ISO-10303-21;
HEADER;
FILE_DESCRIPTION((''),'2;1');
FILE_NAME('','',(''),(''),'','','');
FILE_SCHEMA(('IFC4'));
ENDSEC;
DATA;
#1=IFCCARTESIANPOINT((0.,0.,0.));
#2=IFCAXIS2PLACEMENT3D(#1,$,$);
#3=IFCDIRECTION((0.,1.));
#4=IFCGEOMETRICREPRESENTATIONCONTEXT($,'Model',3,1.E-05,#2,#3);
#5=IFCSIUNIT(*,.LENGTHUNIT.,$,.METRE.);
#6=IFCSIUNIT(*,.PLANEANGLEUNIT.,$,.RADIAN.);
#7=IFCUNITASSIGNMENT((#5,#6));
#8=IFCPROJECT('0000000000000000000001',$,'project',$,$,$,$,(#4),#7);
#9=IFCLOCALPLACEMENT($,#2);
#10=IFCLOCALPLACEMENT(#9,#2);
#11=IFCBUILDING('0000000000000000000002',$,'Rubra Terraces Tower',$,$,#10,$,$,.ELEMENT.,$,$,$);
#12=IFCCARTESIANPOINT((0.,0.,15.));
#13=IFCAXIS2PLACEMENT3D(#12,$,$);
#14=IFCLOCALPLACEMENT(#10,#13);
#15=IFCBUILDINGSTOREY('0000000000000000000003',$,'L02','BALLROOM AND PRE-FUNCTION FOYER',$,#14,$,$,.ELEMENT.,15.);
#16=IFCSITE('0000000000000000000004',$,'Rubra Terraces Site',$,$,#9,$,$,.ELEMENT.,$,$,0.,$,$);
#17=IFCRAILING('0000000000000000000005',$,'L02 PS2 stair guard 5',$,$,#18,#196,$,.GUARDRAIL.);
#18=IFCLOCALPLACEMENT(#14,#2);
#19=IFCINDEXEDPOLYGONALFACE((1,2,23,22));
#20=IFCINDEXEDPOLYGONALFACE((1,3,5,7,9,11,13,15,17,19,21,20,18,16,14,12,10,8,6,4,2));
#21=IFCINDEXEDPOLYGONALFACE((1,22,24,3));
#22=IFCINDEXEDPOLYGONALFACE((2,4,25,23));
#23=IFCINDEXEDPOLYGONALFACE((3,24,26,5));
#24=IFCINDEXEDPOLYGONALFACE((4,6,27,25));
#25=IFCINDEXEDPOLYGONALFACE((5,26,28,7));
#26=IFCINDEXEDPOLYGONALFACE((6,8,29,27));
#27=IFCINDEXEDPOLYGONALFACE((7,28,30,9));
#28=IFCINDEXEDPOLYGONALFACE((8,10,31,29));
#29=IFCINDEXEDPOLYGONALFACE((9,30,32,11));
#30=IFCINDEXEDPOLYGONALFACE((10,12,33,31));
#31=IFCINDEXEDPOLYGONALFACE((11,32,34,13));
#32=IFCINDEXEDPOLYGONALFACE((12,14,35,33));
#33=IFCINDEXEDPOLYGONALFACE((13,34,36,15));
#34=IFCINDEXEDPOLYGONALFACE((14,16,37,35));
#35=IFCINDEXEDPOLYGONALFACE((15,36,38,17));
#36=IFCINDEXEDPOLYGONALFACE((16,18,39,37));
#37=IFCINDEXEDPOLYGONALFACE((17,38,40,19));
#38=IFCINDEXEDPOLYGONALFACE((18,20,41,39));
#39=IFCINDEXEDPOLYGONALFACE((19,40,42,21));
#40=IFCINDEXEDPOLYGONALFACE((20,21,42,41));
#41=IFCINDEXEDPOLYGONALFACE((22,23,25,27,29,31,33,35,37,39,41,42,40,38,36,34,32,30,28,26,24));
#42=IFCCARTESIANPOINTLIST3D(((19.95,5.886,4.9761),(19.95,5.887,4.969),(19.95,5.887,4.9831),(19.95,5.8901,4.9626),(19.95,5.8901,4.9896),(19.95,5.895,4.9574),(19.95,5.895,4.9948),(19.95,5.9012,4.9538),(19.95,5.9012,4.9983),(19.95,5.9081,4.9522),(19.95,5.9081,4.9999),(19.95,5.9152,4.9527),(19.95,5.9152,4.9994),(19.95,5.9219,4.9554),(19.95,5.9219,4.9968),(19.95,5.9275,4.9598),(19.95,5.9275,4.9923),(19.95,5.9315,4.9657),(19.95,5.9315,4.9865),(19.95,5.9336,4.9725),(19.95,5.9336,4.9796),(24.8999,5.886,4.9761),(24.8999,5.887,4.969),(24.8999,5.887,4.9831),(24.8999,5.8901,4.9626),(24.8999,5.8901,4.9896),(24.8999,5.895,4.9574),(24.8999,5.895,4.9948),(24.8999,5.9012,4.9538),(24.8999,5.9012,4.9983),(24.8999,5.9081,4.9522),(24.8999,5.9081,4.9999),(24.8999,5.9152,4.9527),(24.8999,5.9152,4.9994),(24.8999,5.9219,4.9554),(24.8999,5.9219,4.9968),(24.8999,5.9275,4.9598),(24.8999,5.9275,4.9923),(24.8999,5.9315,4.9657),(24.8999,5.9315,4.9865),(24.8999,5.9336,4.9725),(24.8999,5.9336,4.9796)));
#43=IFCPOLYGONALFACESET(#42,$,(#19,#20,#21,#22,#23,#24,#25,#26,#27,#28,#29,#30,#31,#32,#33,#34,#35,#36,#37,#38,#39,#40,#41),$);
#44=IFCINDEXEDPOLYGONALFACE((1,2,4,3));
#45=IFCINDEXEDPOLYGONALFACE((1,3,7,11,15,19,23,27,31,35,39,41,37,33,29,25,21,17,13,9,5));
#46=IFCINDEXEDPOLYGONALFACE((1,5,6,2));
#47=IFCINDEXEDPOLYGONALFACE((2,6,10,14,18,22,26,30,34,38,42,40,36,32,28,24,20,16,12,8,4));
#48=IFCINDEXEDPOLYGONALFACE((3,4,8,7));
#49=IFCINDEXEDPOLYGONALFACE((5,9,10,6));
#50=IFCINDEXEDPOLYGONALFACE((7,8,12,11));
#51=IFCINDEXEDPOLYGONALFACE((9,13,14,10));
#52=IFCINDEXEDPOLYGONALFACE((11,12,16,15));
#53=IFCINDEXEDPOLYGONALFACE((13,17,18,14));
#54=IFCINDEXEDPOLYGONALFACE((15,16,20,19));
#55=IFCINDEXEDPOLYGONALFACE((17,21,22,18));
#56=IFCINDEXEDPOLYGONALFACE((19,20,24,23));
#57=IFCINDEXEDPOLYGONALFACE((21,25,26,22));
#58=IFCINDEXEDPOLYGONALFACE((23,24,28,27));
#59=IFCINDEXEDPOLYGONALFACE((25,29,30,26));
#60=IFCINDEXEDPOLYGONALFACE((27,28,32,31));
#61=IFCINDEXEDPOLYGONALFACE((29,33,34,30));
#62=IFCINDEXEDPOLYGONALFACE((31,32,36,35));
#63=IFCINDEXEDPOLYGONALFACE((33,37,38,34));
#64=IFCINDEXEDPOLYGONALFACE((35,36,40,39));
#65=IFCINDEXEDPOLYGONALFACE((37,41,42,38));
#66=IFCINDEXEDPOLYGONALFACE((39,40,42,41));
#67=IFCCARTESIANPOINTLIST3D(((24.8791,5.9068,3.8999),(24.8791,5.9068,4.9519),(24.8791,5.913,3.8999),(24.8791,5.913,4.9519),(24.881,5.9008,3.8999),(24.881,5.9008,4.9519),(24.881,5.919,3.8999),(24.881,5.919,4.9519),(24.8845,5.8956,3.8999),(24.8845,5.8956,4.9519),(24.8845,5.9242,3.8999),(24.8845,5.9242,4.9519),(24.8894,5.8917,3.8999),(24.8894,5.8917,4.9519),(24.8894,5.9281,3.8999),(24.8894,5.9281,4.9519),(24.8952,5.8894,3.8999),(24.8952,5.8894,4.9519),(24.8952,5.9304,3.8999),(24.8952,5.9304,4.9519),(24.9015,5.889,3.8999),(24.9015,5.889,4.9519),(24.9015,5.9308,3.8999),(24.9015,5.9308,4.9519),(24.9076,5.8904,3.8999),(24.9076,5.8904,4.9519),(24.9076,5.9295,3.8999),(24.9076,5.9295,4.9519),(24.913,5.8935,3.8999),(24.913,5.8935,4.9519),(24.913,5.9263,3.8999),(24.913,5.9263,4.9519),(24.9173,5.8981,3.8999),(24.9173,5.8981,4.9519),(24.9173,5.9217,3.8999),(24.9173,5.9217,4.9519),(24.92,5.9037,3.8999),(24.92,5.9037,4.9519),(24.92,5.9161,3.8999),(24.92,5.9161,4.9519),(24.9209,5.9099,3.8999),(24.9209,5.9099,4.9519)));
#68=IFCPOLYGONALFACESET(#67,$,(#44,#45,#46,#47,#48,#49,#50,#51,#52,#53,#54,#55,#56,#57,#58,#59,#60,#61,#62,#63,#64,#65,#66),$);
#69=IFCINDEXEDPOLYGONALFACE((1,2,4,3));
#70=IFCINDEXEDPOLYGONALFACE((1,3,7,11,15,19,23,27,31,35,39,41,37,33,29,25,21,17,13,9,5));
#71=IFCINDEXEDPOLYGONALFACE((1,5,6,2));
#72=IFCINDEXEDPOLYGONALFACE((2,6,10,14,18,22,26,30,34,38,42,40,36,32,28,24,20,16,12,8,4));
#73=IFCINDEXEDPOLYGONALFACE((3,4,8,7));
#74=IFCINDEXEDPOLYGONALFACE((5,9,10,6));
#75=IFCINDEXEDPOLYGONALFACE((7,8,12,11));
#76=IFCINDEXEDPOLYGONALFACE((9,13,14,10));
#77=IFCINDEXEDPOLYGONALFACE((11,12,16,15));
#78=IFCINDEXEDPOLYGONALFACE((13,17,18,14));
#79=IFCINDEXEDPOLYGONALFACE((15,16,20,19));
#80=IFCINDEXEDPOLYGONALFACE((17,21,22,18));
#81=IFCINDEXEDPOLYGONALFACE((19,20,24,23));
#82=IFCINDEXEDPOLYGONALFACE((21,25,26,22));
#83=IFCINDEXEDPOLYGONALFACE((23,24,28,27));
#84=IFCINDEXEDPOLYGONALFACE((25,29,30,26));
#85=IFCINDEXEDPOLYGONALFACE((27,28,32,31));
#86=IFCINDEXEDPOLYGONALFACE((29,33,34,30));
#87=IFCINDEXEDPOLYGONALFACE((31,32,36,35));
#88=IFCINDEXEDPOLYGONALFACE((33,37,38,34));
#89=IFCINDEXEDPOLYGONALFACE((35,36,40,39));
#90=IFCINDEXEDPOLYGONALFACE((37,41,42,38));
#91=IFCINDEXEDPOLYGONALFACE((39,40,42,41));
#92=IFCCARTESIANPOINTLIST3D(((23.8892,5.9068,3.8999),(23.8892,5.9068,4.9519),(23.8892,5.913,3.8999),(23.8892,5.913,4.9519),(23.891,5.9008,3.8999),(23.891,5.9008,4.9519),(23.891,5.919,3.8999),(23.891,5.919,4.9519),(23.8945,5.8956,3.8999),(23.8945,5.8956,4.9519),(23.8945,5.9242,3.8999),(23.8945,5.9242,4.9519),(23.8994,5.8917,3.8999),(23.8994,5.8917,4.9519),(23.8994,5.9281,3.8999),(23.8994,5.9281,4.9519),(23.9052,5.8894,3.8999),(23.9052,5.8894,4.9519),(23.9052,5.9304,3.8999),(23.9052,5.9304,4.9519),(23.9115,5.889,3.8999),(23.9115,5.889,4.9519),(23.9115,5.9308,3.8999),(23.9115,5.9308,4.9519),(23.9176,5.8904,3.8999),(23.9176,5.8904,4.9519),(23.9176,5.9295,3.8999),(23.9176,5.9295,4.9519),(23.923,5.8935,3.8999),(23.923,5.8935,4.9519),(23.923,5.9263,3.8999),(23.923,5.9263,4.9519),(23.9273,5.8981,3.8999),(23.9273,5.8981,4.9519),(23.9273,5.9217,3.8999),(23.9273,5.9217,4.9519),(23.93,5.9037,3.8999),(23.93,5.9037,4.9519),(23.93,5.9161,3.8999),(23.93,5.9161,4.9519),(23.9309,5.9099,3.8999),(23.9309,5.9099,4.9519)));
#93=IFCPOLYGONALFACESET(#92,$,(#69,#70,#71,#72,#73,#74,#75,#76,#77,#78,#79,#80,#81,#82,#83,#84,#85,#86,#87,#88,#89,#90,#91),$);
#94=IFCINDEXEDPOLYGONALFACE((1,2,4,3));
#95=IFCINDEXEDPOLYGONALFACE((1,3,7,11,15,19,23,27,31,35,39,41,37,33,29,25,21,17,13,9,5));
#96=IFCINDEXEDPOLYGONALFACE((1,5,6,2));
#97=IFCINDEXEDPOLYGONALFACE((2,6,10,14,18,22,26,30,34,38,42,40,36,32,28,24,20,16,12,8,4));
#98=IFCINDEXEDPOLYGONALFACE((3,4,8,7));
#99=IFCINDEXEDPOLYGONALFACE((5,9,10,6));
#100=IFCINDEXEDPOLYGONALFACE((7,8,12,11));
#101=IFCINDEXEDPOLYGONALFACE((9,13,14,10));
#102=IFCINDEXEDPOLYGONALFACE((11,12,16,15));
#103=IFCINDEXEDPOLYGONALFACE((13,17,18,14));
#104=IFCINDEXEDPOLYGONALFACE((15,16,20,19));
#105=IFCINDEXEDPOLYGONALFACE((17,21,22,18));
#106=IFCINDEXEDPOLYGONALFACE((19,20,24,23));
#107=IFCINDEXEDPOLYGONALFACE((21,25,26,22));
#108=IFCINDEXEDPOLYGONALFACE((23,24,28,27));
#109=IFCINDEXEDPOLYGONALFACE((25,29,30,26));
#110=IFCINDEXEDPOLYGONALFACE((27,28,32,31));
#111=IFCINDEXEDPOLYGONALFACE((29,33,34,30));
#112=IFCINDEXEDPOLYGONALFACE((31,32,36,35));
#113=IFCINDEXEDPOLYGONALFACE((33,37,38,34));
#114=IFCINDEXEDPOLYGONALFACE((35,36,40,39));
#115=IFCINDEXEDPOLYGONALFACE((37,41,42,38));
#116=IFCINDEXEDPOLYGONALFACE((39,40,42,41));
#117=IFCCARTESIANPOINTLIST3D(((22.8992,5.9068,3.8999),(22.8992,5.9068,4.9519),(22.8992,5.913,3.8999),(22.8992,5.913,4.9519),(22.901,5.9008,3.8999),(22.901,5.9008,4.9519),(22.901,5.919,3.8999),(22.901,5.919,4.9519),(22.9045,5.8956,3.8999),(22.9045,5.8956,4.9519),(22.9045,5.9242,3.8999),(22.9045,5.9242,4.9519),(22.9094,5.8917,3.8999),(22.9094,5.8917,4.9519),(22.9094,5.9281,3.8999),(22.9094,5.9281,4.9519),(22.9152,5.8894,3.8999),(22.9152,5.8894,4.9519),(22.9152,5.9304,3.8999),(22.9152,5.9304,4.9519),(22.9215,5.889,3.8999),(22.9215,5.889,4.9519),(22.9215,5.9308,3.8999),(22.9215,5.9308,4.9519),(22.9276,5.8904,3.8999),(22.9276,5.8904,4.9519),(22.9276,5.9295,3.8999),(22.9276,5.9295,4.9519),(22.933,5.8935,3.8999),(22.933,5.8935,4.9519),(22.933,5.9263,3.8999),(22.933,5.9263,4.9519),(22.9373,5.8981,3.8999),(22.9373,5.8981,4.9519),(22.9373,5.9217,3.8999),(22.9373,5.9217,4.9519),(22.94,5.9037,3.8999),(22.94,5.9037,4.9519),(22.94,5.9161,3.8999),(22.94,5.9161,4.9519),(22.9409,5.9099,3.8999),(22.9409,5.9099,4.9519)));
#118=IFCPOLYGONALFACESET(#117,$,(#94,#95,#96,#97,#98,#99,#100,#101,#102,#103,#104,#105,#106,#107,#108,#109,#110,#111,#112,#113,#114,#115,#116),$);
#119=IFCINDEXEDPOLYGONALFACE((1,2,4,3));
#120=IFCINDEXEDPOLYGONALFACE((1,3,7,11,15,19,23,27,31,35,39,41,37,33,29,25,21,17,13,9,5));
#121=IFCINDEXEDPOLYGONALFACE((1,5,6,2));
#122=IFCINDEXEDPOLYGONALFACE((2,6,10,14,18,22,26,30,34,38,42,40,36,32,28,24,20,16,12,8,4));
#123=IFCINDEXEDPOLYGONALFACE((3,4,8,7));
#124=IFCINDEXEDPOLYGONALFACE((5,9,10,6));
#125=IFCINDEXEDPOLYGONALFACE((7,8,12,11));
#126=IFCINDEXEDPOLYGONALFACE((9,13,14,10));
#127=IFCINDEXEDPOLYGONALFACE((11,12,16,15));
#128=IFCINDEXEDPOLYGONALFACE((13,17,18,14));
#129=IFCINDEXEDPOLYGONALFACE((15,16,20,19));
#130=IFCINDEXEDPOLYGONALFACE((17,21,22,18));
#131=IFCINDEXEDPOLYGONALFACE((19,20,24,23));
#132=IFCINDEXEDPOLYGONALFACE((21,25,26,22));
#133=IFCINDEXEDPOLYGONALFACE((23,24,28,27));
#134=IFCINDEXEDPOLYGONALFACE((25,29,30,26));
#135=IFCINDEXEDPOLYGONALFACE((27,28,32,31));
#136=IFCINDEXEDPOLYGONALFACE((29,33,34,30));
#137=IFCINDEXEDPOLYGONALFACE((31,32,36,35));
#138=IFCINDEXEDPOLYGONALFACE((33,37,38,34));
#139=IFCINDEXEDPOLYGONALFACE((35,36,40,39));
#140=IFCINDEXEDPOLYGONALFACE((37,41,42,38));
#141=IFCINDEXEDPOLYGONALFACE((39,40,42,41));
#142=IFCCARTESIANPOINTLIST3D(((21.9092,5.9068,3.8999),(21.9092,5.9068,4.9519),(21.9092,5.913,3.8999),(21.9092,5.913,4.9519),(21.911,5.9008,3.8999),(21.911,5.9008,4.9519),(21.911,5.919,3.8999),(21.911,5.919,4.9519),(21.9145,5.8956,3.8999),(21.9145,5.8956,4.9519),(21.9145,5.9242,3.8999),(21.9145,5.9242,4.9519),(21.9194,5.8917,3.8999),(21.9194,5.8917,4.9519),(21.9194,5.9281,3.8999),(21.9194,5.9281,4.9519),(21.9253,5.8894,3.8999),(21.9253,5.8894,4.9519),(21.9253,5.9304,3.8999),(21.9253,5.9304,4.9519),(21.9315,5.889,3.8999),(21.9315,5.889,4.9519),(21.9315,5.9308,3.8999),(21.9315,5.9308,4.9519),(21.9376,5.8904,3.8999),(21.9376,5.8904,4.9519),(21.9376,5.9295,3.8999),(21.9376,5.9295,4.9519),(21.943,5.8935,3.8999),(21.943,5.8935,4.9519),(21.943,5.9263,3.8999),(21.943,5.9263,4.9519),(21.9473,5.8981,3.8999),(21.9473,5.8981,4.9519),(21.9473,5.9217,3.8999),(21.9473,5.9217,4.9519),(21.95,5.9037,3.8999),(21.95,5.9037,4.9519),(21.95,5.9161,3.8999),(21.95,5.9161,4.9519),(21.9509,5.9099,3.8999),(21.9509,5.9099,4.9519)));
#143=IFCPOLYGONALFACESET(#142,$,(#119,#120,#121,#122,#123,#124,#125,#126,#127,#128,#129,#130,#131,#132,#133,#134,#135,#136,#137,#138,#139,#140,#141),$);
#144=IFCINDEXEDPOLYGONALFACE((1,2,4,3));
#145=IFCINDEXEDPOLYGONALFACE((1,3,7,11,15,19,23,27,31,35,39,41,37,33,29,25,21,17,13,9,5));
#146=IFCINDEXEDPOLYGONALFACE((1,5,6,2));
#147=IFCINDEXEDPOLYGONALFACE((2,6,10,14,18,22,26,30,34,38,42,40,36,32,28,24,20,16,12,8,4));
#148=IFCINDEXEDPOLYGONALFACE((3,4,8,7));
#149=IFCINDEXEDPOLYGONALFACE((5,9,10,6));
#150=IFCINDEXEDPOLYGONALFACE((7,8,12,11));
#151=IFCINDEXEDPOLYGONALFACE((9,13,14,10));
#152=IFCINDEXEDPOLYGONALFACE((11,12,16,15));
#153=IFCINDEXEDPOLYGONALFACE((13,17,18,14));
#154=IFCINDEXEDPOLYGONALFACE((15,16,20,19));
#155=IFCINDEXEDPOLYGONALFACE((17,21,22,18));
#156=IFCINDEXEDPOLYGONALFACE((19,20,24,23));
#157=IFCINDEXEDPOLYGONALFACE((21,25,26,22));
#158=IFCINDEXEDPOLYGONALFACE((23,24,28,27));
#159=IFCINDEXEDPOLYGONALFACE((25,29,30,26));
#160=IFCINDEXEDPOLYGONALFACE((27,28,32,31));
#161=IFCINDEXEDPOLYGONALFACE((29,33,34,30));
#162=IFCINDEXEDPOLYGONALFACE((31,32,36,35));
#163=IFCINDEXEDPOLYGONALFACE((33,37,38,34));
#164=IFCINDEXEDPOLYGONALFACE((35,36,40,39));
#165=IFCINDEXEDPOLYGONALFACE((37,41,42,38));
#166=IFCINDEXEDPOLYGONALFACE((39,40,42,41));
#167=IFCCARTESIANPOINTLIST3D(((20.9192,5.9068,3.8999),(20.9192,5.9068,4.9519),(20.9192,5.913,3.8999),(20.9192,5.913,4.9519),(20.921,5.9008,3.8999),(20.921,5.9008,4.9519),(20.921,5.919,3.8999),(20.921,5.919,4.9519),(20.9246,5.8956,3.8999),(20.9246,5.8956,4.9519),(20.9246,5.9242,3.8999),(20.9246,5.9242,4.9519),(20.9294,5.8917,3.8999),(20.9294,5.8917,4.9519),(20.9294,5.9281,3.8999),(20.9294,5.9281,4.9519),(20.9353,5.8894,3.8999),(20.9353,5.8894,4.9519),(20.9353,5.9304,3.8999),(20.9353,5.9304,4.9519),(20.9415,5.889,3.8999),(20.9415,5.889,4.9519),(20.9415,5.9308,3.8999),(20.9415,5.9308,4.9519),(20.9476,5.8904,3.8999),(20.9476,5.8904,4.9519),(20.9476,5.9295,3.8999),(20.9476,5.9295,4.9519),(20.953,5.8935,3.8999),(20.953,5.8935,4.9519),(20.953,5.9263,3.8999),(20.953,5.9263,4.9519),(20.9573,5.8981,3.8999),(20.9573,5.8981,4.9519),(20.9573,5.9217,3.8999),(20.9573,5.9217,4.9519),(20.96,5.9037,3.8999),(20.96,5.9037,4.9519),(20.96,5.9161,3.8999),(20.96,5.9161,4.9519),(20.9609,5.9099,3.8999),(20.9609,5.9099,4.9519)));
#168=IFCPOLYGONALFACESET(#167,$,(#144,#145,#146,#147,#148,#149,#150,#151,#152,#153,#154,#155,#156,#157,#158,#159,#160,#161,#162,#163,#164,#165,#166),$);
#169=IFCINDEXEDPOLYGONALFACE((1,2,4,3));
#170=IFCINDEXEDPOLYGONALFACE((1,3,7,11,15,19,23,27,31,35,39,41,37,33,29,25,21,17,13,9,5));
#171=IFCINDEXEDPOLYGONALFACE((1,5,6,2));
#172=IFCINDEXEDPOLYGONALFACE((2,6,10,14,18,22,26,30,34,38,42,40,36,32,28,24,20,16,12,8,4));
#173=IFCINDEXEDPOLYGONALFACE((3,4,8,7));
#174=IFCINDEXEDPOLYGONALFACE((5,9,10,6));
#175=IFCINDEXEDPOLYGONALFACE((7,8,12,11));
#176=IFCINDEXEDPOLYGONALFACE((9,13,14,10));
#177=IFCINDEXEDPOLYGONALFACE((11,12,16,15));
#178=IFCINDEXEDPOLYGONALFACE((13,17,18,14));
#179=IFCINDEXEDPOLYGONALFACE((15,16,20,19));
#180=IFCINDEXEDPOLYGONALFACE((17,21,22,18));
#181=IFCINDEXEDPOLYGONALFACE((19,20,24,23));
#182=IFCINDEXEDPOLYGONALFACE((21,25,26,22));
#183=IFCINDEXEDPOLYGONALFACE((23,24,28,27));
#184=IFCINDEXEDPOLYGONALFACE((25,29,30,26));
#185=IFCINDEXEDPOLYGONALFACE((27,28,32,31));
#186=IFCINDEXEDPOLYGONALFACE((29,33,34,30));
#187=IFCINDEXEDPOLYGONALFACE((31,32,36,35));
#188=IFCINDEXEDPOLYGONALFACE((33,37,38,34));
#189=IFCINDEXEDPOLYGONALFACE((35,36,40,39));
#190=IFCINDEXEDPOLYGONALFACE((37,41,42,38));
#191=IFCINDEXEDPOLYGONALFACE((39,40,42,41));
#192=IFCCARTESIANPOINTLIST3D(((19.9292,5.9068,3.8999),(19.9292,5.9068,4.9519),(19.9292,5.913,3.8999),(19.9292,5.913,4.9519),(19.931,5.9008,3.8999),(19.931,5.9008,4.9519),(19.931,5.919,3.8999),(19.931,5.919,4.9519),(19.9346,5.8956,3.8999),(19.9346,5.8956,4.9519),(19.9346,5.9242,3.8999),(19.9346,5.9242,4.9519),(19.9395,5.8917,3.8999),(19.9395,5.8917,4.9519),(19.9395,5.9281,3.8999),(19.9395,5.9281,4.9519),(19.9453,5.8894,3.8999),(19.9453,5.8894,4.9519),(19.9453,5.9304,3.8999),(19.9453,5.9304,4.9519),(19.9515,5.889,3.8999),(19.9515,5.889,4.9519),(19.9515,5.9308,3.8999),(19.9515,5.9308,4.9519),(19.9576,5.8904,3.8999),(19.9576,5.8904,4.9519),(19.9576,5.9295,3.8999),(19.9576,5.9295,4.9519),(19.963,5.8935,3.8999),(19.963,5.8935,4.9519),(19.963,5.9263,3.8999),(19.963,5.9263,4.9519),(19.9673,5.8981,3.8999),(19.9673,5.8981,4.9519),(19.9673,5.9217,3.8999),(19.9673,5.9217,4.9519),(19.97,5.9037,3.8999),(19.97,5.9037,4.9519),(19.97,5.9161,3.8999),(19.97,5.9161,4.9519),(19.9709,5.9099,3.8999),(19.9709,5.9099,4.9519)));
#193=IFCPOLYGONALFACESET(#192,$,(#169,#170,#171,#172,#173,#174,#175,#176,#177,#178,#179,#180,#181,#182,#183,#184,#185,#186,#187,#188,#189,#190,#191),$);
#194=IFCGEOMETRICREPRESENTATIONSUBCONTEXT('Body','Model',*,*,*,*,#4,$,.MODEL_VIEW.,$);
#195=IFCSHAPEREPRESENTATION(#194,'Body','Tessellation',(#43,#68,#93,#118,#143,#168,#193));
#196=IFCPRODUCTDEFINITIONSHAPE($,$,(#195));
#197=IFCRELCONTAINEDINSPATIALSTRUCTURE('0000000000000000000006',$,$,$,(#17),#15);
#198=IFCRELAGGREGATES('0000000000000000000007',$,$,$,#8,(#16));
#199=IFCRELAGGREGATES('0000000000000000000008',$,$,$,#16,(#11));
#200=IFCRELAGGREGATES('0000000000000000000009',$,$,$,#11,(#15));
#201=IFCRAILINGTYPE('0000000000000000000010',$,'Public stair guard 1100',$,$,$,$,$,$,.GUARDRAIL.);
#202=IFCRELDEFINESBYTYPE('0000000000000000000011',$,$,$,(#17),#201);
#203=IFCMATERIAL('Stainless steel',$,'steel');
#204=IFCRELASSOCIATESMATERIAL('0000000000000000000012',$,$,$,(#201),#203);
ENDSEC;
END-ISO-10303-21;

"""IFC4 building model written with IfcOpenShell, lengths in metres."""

from ifc_helpers import new_model, si_unit, direction, frame, origin, origin_2d, place, context, subcontext, project, spatial, circle, extrude, material, type_object, element, save


model = new_model("IFC4")

# Units and contexts
model_context = context("Model", 3, precision=1e-05, world=origin(), true_north=direction((0.0, 1.0)))
body_context = subcontext(model_context, "Body", "Model", "MODEL_VIEW")
ifc_project = project(units=[si_unit("LENGTHUNIT", "METRE"), si_unit("PLANEANGLEUNIT", "RADIAN")], contexts=[model_context])

# Site, building, storey
site_placement = place(None, origin())
site = spatial("IfcSite", under=ifc_project, at=site_placement, Name="Rubra Terraces Site", CompositionType="ELEMENT", RefElevation=0.0)
building_placement = place(site_placement, origin())
building = spatial("IfcBuilding", under=site, at=building_placement, Name="Rubra Terraces Tower", CompositionType="ELEMENT")
storey_placement = place(building_placement, frame((0.0, 0.0, 15.0)))
storey = spatial("IfcBuildingStorey", under=building, at=storey_placement, Name="L02", Description="BALLROOM AND PRE-FUNCTION FOYER", CompositionType="ELEMENT", Elevation=15.0)

# Railing
ifc_material_1 = material(Name="Stainless steel", Category="steel")
railing_type_1 = type_object("IfcRailingType", Name="Public stair guard 1100", PredefinedType="GUARDRAIL", material=ifc_material_1)
railing_1_placement = place(storey_placement, frame((24.8999, 5.9099, 3.8999)))
element("IfcRailing", 1, at=railing_1_placement, inside=storey, type_object=railing_type_1, Name="L02 PS2 stair guard 5", PredefinedType="GUARDRAIL", context=body_context, shape_type="SweptSolid", body=[
    extrude(circle(Radius=0.0239, at=origin_2d()), frame((0.0, 0.0, 1.0762), z_axis=(-1.0, 0.0, 0.0), x_axis=(0.0, -1.0, 0.0)), (0.0, 0.0, 1.0), 4.95),
    extrude(circle(Radius=0.021, at=origin_2d()), origin(), (0.0, 0.0, 1.0), 1.052),
    extrude(circle(Radius=0.021, at=origin_2d()), frame((-0.99, 0.0, 0.0)), (0.0, 0.0, 1.0), 1.052),
    extrude(circle(Radius=0.021, at=origin_2d()), frame((-1.98, 0.0, 0.0)), (0.0, 0.0, 1.0), 1.052),
    extrude(circle(Radius=0.021, at=origin_2d()), frame((-2.97, 0.0, 0.0)), (0.0, 0.0, 1.0), 1.052),
    extrude(circle(Radius=0.021, at=origin_2d()), frame((-3.96, 0.0, 0.0)), (0.0, 0.0, 1.0), 1.052),
    extrude(circle(Radius=0.021, at=origin_2d()), frame((-4.95, 0.0, 0.0)), (0.0, 0.0, 1.0), 1.052),
])

save(model, "model.ifc")
